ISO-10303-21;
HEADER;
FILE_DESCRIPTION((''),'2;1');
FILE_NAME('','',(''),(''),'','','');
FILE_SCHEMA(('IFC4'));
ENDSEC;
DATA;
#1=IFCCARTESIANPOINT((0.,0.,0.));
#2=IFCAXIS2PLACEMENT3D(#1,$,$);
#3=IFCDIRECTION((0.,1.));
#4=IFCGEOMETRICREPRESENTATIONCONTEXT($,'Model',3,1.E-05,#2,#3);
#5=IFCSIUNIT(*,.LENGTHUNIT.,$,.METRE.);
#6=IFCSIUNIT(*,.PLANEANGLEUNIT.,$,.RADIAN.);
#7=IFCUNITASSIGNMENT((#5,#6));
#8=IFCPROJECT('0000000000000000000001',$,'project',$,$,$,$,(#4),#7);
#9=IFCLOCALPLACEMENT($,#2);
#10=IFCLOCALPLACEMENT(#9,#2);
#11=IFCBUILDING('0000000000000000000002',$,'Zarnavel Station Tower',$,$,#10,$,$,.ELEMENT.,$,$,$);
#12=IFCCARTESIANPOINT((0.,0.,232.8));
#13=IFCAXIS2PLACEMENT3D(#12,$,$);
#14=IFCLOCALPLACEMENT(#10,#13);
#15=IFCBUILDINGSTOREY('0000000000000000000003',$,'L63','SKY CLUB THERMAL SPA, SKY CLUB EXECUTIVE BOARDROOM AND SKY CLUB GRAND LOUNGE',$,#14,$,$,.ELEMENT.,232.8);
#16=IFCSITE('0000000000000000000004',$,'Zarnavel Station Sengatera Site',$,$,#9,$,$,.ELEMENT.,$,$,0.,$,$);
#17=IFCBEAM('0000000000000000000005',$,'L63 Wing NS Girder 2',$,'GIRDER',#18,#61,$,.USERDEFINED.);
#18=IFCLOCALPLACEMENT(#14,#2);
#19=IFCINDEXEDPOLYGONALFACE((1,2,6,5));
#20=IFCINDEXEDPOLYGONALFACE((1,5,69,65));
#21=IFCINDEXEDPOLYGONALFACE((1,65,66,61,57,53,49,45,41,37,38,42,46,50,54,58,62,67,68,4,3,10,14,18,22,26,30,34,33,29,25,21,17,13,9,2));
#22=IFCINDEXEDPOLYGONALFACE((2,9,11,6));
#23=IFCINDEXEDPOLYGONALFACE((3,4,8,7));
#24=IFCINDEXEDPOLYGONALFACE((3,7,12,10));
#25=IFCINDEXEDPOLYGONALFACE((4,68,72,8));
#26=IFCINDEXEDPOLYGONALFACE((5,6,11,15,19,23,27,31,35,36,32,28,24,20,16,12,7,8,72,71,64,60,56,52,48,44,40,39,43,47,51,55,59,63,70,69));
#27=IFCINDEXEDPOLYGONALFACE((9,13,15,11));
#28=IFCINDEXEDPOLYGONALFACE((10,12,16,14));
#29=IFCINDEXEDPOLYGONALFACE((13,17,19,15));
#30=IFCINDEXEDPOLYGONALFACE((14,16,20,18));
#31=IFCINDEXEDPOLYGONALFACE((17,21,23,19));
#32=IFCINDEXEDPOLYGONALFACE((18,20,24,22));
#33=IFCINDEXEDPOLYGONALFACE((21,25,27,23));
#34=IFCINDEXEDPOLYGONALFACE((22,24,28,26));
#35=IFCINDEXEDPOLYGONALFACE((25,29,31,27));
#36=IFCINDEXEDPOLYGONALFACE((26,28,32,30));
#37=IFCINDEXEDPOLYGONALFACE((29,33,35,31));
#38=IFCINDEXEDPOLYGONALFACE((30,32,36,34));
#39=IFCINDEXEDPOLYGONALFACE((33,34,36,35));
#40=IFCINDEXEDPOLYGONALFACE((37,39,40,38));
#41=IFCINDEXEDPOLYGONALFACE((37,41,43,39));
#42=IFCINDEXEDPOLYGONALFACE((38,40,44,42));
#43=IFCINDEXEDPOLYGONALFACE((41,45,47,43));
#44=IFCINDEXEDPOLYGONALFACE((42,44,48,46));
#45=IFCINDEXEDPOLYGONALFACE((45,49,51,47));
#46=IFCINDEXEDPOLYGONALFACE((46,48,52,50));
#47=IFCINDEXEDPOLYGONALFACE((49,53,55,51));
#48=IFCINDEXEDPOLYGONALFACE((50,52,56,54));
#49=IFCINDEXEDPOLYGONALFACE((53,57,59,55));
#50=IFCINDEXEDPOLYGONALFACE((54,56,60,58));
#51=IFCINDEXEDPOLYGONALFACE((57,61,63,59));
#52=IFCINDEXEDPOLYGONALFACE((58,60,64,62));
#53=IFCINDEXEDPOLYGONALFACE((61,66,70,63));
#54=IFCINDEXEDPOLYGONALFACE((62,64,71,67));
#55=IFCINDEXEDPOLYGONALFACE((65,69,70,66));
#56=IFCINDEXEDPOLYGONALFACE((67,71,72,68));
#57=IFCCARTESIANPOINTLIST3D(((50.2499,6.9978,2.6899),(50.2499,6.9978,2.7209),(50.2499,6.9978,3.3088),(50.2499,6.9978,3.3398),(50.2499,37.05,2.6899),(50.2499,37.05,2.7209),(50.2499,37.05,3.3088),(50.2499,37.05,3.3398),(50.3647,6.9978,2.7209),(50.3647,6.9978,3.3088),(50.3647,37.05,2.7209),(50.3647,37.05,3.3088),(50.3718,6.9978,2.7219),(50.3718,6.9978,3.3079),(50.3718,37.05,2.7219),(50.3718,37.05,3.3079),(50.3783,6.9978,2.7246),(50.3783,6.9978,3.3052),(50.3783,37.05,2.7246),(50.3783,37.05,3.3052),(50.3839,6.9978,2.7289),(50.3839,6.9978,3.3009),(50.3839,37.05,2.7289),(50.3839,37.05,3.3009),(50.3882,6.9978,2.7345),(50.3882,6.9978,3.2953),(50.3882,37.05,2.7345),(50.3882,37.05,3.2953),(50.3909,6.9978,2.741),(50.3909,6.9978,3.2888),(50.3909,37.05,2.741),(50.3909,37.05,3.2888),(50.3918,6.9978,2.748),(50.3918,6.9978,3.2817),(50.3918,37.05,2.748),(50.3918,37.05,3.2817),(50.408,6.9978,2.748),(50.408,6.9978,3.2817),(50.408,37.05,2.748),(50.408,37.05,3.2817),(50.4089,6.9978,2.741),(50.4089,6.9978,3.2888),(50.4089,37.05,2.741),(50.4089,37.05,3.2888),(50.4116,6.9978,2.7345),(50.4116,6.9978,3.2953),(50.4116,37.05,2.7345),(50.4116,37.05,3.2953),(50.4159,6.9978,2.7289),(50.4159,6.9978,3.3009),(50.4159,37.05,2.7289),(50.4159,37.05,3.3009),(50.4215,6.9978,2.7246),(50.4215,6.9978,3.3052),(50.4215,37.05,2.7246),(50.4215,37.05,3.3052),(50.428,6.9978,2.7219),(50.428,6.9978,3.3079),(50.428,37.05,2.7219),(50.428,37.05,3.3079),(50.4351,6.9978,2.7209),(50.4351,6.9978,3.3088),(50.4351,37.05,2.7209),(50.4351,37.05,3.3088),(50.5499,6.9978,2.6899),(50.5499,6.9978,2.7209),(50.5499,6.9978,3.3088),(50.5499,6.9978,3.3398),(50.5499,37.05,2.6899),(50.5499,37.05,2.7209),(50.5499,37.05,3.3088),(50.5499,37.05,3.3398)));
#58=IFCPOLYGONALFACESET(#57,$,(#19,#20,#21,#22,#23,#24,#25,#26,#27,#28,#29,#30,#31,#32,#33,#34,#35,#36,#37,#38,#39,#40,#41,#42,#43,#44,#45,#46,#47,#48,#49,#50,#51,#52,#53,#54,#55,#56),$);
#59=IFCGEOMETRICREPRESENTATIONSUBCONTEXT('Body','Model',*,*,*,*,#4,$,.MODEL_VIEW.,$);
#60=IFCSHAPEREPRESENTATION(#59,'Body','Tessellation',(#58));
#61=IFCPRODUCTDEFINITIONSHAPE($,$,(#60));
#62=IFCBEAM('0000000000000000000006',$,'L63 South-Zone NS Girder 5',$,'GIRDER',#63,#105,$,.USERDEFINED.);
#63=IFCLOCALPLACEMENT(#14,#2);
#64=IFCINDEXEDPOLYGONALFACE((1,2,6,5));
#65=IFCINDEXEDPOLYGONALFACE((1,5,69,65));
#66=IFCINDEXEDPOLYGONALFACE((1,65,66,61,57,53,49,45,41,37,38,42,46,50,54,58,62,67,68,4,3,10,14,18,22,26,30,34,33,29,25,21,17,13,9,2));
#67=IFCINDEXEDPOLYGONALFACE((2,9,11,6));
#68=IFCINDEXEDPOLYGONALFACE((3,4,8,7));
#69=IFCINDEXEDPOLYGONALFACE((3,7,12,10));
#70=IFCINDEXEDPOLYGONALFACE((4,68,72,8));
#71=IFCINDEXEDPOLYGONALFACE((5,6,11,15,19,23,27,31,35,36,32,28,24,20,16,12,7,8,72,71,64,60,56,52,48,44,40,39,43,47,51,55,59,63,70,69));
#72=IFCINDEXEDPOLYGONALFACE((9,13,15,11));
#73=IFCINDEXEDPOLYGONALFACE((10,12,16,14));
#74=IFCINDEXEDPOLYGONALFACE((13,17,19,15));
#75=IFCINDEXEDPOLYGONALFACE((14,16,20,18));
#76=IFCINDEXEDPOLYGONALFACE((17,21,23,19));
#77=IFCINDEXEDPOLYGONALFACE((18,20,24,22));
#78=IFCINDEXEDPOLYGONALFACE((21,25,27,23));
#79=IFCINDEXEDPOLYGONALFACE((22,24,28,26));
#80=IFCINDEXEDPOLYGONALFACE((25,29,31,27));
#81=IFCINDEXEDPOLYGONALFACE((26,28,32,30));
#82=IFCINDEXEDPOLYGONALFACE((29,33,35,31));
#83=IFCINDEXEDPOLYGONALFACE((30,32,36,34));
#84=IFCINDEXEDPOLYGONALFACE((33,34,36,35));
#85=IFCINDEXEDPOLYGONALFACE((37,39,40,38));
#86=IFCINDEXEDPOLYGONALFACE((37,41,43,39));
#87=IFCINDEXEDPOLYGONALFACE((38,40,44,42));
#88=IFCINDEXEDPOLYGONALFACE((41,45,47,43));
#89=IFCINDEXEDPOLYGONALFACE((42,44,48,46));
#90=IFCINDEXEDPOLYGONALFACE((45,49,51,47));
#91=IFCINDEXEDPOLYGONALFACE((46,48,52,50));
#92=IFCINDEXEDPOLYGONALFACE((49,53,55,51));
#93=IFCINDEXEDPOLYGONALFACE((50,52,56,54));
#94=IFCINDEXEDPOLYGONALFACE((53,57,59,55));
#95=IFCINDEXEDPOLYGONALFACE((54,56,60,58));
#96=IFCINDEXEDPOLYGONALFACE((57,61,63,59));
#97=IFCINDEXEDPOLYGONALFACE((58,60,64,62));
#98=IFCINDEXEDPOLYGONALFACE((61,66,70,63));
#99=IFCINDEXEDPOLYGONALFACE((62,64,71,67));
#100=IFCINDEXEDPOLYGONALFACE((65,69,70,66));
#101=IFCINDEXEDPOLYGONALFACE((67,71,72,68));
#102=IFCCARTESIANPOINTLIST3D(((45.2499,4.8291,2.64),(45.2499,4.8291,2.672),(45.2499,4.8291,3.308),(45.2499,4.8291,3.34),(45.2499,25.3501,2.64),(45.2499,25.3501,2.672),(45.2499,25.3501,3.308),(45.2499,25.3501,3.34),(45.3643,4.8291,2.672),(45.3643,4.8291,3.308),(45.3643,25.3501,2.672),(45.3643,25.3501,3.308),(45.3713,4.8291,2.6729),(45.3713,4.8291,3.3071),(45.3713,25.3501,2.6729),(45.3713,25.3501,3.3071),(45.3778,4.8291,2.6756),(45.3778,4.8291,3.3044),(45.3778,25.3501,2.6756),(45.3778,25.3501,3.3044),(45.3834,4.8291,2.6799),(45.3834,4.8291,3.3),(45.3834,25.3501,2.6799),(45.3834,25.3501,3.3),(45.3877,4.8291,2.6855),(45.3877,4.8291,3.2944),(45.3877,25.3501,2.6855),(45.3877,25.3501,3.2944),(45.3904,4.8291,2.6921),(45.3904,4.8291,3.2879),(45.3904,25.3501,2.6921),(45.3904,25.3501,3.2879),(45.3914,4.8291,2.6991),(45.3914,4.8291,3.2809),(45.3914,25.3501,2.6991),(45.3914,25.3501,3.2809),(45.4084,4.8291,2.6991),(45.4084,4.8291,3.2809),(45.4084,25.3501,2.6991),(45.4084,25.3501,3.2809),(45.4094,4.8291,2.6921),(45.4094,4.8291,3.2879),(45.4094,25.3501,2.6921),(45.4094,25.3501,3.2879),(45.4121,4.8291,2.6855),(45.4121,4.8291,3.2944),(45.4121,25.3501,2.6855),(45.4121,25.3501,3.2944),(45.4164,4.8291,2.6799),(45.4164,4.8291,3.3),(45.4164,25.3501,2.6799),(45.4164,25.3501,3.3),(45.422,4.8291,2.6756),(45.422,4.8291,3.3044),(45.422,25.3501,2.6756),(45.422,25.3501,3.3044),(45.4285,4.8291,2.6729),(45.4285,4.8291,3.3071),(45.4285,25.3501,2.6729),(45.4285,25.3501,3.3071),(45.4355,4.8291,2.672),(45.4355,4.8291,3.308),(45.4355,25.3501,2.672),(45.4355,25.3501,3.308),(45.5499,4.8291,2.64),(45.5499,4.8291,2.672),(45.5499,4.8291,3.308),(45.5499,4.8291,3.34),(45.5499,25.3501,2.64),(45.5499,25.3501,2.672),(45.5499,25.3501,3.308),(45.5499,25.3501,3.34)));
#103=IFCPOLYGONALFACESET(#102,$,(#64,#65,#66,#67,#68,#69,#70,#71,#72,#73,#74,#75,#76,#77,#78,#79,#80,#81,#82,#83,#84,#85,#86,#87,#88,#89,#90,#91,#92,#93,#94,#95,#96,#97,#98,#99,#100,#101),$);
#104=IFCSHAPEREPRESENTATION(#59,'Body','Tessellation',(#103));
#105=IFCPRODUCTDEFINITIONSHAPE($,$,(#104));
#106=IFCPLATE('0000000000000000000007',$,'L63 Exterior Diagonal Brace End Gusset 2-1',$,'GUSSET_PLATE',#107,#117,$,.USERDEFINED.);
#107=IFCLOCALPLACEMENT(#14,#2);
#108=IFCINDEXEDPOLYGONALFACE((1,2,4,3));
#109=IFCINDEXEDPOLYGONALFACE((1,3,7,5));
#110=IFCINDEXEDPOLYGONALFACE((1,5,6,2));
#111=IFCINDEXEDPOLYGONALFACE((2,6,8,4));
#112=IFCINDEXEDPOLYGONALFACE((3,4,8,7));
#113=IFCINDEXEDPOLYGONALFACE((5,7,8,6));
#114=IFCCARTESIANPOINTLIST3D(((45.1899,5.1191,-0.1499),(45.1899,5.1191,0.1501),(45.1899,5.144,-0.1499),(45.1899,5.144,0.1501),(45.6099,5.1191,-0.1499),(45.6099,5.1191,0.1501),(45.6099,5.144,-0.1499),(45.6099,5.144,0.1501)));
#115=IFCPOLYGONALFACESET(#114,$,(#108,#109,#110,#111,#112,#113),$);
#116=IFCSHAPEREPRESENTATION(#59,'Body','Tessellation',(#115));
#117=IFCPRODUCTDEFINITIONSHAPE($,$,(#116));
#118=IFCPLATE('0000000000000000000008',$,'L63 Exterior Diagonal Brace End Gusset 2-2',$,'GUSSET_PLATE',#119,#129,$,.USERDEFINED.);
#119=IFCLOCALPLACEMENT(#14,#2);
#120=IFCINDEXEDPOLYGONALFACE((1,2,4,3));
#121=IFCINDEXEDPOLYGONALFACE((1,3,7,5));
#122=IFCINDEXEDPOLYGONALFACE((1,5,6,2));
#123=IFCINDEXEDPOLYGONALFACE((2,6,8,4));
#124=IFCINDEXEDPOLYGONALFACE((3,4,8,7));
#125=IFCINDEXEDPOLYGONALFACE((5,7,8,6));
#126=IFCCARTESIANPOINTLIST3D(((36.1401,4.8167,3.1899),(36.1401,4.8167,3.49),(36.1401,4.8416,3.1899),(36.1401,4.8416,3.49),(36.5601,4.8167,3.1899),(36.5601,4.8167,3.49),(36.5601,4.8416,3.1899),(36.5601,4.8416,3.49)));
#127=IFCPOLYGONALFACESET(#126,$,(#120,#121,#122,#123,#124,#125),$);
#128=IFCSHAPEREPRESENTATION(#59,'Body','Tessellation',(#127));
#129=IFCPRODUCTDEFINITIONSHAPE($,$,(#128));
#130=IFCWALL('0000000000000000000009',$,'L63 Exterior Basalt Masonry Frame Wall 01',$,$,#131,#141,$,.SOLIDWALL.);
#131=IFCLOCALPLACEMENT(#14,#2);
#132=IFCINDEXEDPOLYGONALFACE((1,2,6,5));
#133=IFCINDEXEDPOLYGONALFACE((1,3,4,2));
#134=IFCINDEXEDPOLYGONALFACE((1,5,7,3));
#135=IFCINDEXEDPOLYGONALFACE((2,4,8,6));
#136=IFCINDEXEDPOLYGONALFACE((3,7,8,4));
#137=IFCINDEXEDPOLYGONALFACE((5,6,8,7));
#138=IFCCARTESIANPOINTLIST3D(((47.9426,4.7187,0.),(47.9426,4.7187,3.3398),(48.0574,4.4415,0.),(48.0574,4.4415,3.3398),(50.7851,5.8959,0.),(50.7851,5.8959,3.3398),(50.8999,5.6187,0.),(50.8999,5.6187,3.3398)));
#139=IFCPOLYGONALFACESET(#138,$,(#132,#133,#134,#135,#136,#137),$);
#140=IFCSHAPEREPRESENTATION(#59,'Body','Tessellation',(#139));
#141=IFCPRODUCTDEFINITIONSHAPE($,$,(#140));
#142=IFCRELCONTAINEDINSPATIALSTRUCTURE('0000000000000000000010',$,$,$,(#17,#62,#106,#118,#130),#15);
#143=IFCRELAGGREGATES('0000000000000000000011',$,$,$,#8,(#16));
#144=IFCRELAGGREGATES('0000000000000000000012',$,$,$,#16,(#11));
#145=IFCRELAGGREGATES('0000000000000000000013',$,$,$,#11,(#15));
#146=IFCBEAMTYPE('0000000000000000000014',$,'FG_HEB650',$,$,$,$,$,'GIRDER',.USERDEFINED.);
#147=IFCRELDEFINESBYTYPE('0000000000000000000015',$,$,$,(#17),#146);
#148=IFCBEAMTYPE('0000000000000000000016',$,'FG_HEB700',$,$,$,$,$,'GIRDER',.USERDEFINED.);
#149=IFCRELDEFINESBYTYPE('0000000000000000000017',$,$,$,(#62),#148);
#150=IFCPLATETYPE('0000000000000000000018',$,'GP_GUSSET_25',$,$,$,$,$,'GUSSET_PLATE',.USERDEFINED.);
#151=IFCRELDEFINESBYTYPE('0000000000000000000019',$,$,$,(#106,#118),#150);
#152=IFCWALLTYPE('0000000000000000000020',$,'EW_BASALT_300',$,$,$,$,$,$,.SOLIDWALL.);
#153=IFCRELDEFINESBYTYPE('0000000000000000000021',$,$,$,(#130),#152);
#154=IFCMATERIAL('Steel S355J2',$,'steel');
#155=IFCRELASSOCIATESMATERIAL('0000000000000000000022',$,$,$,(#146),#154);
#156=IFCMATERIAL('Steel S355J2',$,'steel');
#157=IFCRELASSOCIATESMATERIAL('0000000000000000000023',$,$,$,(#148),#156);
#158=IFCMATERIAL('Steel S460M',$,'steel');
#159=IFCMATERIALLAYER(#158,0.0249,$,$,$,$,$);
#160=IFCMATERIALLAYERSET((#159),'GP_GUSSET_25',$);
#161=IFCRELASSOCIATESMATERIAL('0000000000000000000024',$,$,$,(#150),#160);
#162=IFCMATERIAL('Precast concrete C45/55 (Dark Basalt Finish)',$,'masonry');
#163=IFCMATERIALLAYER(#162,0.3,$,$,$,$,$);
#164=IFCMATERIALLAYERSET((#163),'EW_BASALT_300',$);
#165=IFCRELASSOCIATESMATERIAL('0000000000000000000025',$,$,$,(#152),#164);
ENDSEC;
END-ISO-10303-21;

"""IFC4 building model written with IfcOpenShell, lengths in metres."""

from ifc_helpers import new_model, si_unit, direction, frame, frame_2d, origin, origin_2d, place, context, subcontext, project, spatial, rectangle, i_section, extrude, material, layer, layer_set, material_profile, profile_set, type_object, element, save


model = new_model("IFC4")

# Units and contexts
model_context = context("Model", 3, precision=1e-05, world=origin(), true_north=direction((0.0, 1.0)))
body_context = subcontext(model_context, "Body", "Model", "MODEL_VIEW")
ifc_project = project(units=[si_unit("LENGTHUNIT", "METRE"), si_unit("PLANEANGLEUNIT", "RADIAN")], contexts=[model_context])

# Site, building, storey
site_placement = place(None, origin())
site = spatial("IfcSite", under=ifc_project, at=site_placement, Name="Zarnavel Station Sengatera Site", CompositionType="ELEMENT", RefElevation=0.0)
building_placement = place(site_placement, origin())
building = spatial("IfcBuilding", under=site, at=building_placement, Name="Zarnavel Station Tower", CompositionType="ELEMENT")
storey_placement = place(building_placement, frame((0.0, 0.0, 232.8)))
storey = spatial("IfcBuildingStorey", under=building, at=storey_placement, Name="L63", Description="SKY CLUB THERMAL SPA, SKY CLUB EXECUTIVE BOARDROOM AND SKY CLUB GRAND LOUNGE", CompositionType="ELEMENT", Elevation=232.8)

# Beams
ifc_material_1 = material(Name="Steel S355J2", Category="steel")
ifc_material_profile_1 = material_profile(ifc_material_1, i_section(OverallWidth=0.3, OverallDepth=0.6499, WebThickness=0.0161, FlangeThickness=0.031, FilletRadius=0.0271, at=origin_2d()), Name="HEB650")
ifc_profile_set_1 = profile_set([ifc_material_profile_1], Name="Steel S355J2")
beam_type_1 = type_object("IfcBeamType", Name="FG_HEB650", ElementType="GIRDER", PredefinedType="USERDEFINED", material=ifc_profile_set_1)
beam_1_placement = place(storey_placement, frame((50.3999, 6.9978, 3.0149), z_axis=(0.0, 1.0, 0.0), x_axis=(-1.0, 0.0, 0.0)))
element("IfcBeam", 1, at=beam_1_placement, inside=storey, type_object=beam_type_1, Name="L63 Wing NS Girder 2", ObjectType="GIRDER", PredefinedType="USERDEFINED", context=body_context, shape_type="SweptSolid", body=[
    extrude(i_section(OverallWidth=0.3, OverallDepth=0.6499, WebThickness=0.0161, FlangeThickness=0.031, FilletRadius=0.0271, at=origin_2d()), origin(), (0.0, 0.0, 1.0), 30.0522),
])
ifc_material_2 = material(Name="Steel S355J2", Category="steel")
ifc_material_profile_2 = material_profile(ifc_material_2, i_section(OverallWidth=0.3, OverallDepth=0.7, WebThickness=0.0171, FlangeThickness=0.032, FilletRadius=0.0271, at=origin_2d()), Name="HEB700")
ifc_profile_set_2 = profile_set([ifc_material_profile_2], Name="Steel S355J2")
beam_type_2 = type_object("IfcBeamType", Name="FG_HEB700", ElementType="GIRDER", PredefinedType="USERDEFINED", material=ifc_profile_set_2)
beam_2_placement = place(storey_placement, frame((45.3999, 4.8291, 2.99), z_axis=(0.0, 1.0, 0.0), x_axis=(-1.0, 0.0, 0.0)))
element("IfcBeam", 2, at=beam_2_placement, inside=storey, type_object=beam_type_2, Name="L63 South-Zone NS Girder 5", ObjectType="GIRDER", PredefinedType="USERDEFINED", context=body_context, shape_type="SweptSolid", body=[
    extrude(i_section(OverallWidth=0.3, OverallDepth=0.7, WebThickness=0.0171, FlangeThickness=0.032, FilletRadius=0.0271, at=origin_2d()), origin(), (0.0, 0.0, 1.0), 20.521),
])

# Plates
ifc_material_3 = material(Name="Steel S460M", Category="steel")
ifc_layer_1 = layer(ifc_material_3, 0.0249)
ifc_layer_set_1 = layer_set([ifc_layer_1], Name="GP_GUSSET_25")
plate_type = type_object("IfcPlateType", Name="GP_GUSSET_25", ElementType="GUSSET_PLATE", PredefinedType="USERDEFINED", material=ifc_layer_set_1)
for number, where, z_axis, x_axis, name in (
    (3, (45.3999, 5.1316, -0.1499), (0.0, 0.0, 1.0), (1.0, 0.0, 0.0), "L63 Exterior Diagonal Brace End Gusset 2-1"),
    (4, (36.3501, 4.8291, 3.1899), (0.0, 0.0, 1.0), (1.0, 0.0, 0.0), "L63 Exterior Diagonal Brace End Gusset 2-2"),
):
    element("IfcPlate", number, at=place(storey_placement, frame(where, z_axis=z_axis, x_axis=x_axis)), inside=storey, type_object=plate_type, Name=name, ObjectType="GUSSET_PLATE", PredefinedType="USERDEFINED", context=body_context, shape_type="SweptSolid", body=[
        extrude(rectangle(XDim=0.4199, YDim=0.0249, at=origin_2d()), origin(), (0.0, 0.0, 1.0), 0.3),
    ])

# Wall
ifc_material_4 = material(Name="Precast concrete C45/55 (Dark Basalt Finish)", Category="masonry")
ifc_layer_2 = layer(ifc_material_4, 0.3)
ifc_layer_set_2 = layer_set([ifc_layer_2], Name="EW_BASALT_300")
wall_type_1 = type_object("IfcWallType", Name="EW_BASALT_300", PredefinedType="SOLIDWALL", material=ifc_layer_set_2)
wall_1_placement = place(storey_placement, frame((50.8425, 5.7573, 0.0), z_axis=(0.0, 0.0, 1.0), x_axis=(-0.923899, -0.382637, 0.0)))
element("IfcWall", 5, at=wall_1_placement, inside=storey, type_object=wall_type_1, Name="L63 Exterior Basalt Masonry Frame Wall 01", PredefinedType="SOLIDWALL", context=body_context, shape_type="SweptSolid", body=[
    extrude(rectangle(XDim=3.0767, YDim=0.3, at=frame_2d((1.5383, 0.0))), origin(), (0.0, 0.0, 1.0), 3.3398),
])

save(model, "model.ifc")
